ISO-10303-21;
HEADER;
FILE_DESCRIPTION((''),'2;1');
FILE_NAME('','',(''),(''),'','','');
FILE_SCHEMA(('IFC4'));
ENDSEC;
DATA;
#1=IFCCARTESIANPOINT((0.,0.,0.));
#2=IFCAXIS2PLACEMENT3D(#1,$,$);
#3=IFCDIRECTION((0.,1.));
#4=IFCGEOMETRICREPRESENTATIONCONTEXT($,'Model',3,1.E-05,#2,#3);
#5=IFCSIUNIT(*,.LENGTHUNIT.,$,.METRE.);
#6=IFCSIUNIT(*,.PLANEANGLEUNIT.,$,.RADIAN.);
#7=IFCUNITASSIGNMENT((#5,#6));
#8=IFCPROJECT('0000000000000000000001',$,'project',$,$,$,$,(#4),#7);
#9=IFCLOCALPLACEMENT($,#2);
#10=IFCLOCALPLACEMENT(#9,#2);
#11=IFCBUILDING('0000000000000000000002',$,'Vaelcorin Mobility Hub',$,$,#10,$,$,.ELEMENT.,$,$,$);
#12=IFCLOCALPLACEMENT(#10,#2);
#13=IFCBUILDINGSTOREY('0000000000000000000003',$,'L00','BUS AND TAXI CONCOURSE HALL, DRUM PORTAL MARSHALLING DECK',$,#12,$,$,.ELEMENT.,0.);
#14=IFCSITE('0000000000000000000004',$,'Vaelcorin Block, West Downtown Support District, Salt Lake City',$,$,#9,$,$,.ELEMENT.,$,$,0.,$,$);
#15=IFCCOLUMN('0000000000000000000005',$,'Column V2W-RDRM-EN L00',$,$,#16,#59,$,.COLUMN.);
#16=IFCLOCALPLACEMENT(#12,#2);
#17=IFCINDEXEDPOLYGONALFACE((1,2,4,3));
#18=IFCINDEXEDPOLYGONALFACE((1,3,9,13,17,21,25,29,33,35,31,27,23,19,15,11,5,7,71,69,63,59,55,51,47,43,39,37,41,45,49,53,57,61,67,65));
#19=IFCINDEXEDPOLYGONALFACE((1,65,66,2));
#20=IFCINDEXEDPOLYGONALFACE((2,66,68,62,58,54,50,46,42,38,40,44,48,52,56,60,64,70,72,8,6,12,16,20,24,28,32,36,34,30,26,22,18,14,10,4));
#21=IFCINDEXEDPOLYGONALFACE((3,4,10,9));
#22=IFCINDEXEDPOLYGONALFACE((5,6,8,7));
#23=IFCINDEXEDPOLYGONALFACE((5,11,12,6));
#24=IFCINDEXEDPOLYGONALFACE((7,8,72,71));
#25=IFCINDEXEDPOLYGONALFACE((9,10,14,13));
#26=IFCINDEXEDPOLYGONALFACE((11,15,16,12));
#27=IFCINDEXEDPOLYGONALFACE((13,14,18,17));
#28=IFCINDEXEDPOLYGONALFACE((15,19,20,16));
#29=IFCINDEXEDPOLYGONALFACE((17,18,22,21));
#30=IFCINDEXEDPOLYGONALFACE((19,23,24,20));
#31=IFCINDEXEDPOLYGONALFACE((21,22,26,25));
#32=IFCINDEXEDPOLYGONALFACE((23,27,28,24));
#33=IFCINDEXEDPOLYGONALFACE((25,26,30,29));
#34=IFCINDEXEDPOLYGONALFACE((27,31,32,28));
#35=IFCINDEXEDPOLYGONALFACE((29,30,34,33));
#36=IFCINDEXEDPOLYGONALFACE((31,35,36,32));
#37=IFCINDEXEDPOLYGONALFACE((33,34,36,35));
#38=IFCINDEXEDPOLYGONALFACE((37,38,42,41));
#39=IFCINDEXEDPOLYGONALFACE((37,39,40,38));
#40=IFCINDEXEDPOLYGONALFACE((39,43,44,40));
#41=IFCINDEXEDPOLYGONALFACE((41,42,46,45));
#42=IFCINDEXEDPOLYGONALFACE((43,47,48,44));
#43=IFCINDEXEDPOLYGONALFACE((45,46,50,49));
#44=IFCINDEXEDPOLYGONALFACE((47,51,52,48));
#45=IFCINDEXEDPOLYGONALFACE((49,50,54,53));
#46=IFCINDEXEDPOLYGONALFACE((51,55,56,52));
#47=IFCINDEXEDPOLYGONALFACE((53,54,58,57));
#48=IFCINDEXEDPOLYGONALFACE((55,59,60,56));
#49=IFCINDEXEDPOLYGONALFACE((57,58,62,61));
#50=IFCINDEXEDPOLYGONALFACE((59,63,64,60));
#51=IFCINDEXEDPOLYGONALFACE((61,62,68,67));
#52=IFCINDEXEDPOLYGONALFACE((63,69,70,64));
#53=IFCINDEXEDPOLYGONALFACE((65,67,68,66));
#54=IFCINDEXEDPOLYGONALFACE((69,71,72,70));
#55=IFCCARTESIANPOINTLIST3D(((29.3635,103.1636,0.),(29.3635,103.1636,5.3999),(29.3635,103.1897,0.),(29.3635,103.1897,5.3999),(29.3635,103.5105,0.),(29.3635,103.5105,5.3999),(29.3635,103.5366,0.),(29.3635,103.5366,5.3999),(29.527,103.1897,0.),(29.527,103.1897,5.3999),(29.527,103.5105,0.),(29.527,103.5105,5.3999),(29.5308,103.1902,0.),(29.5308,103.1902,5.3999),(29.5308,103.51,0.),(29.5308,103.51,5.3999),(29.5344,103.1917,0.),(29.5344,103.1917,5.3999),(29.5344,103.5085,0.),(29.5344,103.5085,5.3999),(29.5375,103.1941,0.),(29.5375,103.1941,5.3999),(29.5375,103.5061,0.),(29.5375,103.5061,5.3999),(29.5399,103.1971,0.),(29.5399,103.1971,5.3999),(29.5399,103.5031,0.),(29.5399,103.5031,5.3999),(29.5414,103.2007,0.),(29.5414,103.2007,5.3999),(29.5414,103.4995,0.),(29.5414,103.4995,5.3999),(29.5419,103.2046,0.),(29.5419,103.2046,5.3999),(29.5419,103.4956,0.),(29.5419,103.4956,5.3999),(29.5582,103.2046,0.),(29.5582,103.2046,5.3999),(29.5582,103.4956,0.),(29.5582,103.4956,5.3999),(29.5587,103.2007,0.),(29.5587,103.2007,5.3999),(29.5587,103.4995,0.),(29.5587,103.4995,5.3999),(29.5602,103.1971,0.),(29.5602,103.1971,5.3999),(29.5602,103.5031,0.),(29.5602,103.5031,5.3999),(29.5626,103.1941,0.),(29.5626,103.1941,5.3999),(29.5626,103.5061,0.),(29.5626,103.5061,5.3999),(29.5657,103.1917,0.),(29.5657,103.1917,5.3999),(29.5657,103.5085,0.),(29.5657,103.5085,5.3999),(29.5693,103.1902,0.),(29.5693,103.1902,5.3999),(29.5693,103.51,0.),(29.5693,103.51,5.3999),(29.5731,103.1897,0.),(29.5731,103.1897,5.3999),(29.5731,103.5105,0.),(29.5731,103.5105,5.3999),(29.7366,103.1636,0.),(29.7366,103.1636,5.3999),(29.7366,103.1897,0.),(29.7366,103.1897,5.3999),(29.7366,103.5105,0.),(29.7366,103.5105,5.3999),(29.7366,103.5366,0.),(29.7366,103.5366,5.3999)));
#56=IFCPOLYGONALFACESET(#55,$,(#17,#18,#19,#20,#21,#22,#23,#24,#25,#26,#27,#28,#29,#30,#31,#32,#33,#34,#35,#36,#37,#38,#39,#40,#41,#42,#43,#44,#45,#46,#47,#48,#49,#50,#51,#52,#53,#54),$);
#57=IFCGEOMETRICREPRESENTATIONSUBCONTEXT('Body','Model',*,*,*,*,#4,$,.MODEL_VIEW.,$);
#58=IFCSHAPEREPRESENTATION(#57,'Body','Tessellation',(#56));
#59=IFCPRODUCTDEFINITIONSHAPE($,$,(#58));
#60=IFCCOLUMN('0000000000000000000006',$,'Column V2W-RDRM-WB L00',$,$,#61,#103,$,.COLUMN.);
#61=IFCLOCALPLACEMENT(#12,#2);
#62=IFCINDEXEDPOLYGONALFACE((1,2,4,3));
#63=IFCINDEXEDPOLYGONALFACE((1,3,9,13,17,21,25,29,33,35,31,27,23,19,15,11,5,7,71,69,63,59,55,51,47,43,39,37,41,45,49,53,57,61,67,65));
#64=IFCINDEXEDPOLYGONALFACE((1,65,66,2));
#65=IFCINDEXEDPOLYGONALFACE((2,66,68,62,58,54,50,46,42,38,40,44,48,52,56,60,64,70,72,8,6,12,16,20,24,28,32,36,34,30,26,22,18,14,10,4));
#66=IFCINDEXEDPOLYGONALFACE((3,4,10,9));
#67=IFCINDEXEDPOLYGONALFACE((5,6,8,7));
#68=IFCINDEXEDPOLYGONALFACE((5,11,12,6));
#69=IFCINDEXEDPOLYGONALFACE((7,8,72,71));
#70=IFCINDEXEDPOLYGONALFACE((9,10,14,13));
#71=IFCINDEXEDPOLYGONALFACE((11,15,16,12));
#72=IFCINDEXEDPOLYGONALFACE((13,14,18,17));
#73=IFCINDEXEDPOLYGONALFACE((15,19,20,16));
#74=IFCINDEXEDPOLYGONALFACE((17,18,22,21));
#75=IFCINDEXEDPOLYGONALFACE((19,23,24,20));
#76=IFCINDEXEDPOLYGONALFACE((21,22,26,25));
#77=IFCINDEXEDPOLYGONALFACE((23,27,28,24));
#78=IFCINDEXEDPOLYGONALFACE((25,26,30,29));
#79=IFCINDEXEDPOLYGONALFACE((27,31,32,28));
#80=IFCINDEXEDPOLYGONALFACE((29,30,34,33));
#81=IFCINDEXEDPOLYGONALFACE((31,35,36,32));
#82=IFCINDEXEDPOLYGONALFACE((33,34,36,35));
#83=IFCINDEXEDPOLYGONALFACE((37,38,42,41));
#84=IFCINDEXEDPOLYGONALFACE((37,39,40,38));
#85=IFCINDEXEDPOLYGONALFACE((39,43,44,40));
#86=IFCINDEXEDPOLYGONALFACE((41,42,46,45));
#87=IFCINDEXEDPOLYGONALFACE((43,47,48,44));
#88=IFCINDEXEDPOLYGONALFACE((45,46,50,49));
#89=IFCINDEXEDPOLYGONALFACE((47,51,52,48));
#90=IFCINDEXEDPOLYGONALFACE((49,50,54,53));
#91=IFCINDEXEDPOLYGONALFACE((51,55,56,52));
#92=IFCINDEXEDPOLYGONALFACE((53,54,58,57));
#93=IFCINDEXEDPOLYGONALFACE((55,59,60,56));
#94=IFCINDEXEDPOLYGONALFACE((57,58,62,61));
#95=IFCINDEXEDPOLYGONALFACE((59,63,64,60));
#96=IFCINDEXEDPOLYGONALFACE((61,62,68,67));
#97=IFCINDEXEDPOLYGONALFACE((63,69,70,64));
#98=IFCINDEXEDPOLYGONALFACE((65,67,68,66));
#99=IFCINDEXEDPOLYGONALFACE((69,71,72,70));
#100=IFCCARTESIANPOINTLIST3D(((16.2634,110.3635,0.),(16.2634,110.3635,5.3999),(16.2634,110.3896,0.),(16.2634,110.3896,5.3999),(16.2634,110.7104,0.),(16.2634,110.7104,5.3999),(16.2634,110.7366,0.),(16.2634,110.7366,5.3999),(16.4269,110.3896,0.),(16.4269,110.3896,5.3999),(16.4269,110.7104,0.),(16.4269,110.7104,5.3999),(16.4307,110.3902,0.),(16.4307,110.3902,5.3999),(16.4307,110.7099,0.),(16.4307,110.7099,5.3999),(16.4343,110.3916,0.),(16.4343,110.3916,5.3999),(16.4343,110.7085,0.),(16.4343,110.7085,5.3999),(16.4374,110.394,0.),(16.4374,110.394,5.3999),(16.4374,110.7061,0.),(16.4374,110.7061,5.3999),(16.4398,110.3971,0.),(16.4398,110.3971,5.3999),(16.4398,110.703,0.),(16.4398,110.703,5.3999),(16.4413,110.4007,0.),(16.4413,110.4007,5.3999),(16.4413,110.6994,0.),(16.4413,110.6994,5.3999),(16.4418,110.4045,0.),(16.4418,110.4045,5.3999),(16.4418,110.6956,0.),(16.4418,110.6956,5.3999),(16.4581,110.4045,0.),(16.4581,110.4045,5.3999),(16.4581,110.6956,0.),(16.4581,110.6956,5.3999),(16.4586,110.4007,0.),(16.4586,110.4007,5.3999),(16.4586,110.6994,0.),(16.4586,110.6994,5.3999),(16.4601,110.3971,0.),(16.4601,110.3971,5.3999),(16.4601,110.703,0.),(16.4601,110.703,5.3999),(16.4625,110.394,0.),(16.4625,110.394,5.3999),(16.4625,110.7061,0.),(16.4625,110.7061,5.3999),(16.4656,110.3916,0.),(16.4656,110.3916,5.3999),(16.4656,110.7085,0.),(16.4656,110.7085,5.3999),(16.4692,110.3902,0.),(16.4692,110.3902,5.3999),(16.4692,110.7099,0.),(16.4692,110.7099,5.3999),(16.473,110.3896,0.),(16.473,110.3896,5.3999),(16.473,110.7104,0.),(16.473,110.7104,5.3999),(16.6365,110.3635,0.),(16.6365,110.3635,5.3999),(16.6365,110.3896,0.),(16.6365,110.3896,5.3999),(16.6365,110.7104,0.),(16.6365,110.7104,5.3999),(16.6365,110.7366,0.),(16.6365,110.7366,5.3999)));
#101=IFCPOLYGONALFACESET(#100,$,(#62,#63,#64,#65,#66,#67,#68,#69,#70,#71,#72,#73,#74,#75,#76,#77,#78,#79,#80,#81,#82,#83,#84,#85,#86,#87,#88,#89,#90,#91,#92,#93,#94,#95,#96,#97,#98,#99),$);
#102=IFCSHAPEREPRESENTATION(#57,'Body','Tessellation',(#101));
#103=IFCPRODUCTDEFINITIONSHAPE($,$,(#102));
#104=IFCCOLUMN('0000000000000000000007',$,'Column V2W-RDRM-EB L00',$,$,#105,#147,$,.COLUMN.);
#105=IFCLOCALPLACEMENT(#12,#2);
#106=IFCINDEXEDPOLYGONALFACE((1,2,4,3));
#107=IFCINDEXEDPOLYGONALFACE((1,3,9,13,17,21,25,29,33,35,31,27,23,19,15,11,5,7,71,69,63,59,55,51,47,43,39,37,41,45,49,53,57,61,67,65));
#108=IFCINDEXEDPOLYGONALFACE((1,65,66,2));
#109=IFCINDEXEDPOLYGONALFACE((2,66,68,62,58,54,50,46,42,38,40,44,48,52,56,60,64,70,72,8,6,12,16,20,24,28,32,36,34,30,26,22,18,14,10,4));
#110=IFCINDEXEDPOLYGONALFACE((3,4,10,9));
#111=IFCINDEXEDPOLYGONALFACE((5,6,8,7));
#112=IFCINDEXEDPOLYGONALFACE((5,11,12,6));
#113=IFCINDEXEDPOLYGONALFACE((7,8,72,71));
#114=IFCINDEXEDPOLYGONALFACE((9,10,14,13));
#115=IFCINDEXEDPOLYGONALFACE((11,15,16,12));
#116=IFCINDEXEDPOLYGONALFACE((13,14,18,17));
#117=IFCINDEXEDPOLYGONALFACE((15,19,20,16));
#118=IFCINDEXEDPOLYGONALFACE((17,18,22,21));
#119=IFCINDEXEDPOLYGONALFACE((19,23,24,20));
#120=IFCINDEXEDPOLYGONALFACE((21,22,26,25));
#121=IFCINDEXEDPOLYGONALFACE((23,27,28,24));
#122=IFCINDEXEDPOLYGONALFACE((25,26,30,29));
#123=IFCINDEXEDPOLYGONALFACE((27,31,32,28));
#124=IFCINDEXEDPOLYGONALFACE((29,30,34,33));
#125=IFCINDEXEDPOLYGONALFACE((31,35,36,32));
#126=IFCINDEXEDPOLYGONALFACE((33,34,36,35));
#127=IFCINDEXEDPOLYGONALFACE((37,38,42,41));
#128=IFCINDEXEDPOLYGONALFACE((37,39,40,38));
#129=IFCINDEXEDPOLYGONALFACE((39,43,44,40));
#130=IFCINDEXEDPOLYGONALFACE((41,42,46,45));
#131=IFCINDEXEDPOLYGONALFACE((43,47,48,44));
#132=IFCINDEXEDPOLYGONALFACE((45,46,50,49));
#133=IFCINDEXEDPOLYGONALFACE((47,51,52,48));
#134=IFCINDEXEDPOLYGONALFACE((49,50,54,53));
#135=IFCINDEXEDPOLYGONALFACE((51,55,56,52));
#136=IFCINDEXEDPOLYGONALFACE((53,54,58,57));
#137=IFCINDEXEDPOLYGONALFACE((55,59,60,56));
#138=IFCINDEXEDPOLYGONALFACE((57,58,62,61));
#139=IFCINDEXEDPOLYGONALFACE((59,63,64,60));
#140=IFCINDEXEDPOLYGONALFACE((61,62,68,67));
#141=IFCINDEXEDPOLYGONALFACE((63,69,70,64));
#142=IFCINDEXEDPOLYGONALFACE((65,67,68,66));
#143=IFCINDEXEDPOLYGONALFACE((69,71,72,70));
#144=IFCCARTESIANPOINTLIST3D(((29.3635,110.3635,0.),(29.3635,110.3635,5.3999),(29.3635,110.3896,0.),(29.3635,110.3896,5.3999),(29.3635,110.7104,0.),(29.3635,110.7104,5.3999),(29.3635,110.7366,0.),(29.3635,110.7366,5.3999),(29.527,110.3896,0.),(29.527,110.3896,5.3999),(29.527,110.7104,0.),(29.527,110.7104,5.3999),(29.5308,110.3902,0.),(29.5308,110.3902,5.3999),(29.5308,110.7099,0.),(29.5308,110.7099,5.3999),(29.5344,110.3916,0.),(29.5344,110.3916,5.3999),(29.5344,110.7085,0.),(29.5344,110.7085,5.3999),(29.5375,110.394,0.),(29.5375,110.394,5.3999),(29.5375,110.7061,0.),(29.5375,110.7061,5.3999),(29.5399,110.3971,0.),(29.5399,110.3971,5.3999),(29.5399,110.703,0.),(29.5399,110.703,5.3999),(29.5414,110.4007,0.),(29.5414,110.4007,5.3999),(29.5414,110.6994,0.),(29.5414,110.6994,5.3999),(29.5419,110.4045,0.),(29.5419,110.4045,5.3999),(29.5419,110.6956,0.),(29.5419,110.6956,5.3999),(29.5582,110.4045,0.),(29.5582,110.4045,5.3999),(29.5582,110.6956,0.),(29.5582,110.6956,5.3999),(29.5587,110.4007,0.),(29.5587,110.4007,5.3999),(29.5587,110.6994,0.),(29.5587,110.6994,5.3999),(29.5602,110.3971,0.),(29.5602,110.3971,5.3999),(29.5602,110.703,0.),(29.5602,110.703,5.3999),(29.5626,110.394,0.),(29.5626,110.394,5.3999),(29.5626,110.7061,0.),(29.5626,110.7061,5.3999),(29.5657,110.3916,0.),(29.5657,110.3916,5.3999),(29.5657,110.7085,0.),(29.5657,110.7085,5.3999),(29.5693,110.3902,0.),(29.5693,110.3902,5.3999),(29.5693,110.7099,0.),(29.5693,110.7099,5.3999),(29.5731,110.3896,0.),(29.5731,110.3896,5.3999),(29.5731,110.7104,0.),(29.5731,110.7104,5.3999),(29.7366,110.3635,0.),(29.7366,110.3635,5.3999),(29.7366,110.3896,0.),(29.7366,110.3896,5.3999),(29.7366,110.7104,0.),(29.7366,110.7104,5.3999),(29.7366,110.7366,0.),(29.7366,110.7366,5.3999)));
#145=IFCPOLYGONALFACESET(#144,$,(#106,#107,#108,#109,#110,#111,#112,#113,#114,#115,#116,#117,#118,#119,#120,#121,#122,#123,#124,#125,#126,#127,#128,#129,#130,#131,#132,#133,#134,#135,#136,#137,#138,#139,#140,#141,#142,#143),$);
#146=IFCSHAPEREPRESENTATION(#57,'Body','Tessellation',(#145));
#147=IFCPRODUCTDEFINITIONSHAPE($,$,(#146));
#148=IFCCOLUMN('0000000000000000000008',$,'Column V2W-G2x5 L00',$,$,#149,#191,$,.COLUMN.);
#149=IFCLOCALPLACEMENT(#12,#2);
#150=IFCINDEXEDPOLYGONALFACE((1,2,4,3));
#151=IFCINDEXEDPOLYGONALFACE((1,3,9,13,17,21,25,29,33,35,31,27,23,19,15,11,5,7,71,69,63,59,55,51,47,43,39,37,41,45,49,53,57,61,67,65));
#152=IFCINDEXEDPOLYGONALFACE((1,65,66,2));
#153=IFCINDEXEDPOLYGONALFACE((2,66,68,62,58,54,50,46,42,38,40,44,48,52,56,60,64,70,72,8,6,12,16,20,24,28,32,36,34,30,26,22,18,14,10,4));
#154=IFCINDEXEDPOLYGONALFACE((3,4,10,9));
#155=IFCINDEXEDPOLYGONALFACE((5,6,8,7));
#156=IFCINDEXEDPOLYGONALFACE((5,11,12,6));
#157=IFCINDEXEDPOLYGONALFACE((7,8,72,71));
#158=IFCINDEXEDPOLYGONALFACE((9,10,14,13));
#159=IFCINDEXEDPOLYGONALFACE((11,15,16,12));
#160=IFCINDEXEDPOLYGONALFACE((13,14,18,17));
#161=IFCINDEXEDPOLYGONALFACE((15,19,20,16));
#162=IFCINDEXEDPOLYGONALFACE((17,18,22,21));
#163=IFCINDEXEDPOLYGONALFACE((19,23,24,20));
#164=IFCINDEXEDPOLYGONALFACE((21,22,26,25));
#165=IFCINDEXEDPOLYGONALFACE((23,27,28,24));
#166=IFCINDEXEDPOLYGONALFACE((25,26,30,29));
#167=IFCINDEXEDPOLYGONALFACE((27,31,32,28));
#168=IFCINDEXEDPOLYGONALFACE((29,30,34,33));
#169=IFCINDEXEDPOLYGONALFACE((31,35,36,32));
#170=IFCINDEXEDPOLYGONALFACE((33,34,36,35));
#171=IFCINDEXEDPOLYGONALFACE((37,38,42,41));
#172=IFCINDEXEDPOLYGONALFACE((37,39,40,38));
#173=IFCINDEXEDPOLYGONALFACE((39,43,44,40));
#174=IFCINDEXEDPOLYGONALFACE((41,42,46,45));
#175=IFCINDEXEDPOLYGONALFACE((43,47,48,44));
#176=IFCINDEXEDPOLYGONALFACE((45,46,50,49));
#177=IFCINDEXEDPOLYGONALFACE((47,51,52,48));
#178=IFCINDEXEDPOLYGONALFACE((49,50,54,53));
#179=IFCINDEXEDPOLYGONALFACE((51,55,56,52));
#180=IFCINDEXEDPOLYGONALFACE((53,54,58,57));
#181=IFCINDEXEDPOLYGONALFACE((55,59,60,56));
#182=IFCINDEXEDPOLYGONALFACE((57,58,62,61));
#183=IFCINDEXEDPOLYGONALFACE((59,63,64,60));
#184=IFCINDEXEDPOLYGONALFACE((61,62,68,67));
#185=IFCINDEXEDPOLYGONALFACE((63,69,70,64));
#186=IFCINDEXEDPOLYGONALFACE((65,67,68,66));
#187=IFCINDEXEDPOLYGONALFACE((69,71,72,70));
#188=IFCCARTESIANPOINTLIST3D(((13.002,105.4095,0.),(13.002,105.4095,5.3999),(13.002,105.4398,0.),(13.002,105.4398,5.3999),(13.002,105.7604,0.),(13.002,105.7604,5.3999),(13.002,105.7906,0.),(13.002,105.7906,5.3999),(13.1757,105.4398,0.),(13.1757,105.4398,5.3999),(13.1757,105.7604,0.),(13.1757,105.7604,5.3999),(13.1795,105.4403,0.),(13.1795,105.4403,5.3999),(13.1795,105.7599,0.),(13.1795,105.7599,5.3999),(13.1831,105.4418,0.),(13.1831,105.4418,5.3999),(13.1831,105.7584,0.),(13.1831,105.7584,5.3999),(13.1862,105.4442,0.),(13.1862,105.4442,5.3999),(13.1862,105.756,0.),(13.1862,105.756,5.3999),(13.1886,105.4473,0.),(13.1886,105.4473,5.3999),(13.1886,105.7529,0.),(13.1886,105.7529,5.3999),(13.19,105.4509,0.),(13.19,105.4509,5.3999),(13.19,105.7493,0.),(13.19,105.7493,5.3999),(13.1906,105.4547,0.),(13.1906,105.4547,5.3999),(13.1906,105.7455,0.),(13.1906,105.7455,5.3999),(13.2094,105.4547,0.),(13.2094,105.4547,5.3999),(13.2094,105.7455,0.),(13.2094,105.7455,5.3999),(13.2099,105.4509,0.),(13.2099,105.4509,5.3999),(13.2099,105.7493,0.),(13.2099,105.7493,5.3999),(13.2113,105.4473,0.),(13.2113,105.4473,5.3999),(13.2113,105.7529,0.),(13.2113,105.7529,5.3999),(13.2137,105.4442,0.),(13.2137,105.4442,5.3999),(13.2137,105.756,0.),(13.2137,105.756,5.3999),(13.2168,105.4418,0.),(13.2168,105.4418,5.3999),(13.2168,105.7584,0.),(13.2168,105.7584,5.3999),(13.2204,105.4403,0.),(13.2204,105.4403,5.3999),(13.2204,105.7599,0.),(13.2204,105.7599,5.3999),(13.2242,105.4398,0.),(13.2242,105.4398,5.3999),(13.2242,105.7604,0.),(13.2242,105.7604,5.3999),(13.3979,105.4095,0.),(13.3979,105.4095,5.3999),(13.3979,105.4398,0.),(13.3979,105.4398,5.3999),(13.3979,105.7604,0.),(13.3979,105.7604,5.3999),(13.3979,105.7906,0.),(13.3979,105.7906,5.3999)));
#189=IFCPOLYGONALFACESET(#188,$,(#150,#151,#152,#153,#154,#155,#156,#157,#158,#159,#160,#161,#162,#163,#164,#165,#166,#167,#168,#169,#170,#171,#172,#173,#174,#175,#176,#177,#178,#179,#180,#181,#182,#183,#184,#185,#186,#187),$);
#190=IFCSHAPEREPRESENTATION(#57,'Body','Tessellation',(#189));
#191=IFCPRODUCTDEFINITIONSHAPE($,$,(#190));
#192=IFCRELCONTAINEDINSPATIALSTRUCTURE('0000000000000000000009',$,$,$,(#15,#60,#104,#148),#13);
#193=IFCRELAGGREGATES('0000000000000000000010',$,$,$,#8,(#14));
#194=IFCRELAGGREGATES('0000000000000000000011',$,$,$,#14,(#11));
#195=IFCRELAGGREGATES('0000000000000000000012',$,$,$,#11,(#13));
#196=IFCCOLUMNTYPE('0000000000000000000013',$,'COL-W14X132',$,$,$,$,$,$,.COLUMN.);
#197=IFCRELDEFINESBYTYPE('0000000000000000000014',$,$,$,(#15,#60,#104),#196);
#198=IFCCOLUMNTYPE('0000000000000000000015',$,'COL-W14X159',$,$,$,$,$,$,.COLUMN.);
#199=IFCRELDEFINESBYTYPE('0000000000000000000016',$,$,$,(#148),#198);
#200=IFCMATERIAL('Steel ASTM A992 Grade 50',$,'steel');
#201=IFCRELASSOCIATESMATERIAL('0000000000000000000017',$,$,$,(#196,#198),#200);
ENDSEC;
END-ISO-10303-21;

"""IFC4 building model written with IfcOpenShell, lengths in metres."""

from ifc_helpers import new_model, si_unit, direction, frame, origin, origin_2d, place, context, subcontext, project, spatial, i_section, extrude, material, material_profile, profile_set, type_object, element, save


model = new_model("IFC4")

# Units and contexts
model_context = context("Model", 3, precision=1e-05, world=origin(), true_north=direction((0.0, 1.0)))
body_context = subcontext(model_context, "Body", "Model", "MODEL_VIEW")
ifc_project = project(units=[si_unit("LENGTHUNIT", "METRE"), si_unit("PLANEANGLEUNIT", "RADIAN")], contexts=[model_context])

# Site, building, storey
site_placement = place(None, origin())
site = spatial("IfcSite", under=ifc_project, at=site_placement, Name="Vaelcorin Block, West Downtown Support District, Salt Lake City", CompositionType="ELEMENT", RefElevation=0.0)
building_placement = place(site_placement, origin())
building = spatial("IfcBuilding", under=site, at=building_placement, Name="Vaelcorin Mobility Hub", CompositionType="ELEMENT")
storey_placement = place(building_placement, origin())
storey = spatial("IfcBuildingStorey", under=building, at=storey_placement, Name="L00", Description="BUS AND TAXI CONCOURSE HALL, DRUM PORTAL MARSHALLING DECK", CompositionType="ELEMENT", Elevation=0.0)

# Columns
ifc_material_1 = material(Name="Steel ASTM A992 Grade 50", Category="steel")
ifc_material_profile_1 = material_profile(ifc_material_1, i_section(OverallWidth=0.373, OverallDepth=0.373, WebThickness=0.0164, FlangeThickness=0.0261, FilletRadius=0.0149, at=origin_2d()), Name="W14X132")
ifc_profile_set_1 = profile_set([ifc_material_profile_1], Name="Steel ASTM A992 Grade 50")
column_type_1 = type_object("IfcColumnType", Name="COL-W14X132", PredefinedType="COLUMN", material=ifc_profile_set_1)
for number, where, z_axis, x_axis, name in (
    (1, (29.55, 103.3501, 0.0), (0.0, 0.0, 1.0), (1.0, 0.0, 0.0), "Column V2W-RDRM-EN L00"),
    (2, (16.45, 110.55, 0.0), (0.0, 0.0, 1.0), (1.0, 0.0, 0.0), "Column V2W-RDRM-WB L00"),
    (3, (29.55, 110.55, 0.0), (0.0, 0.0, 1.0), (1.0, 0.0, 0.0), "Column V2W-RDRM-EB L00"),
):
    element("IfcColumn", number, at=place(storey_placement, frame(where, z_axis=z_axis, x_axis=x_axis)), inside=storey, type_object=column_type_1, Name=name, PredefinedType="COLUMN", context=body_context, shape_type="SweptSolid", body=[
        extrude(i_section(OverallWidth=0.373, OverallDepth=0.373, WebThickness=0.0164, FlangeThickness=0.0261, FilletRadius=0.0149, at=origin_2d()), origin(), (0.0, 0.0, 1.0), 5.3999),
    ])
ifc_material_profile_2 = material_profile(ifc_material_1, i_section(OverallWidth=0.396, OverallDepth=0.3811, WebThickness=0.0188, FlangeThickness=0.0303, FilletRadius=0.0149, at=origin_2d()), Name="W14X159")
ifc_profile_set_2 = profile_set([ifc_material_profile_2], Name="Steel ASTM A992 Grade 50")
column_type_2 = type_object("IfcColumnType", Name="COL-W14X159", PredefinedType="COLUMN", material=ifc_profile_set_2)
for number, where, z_axis, x_axis, name in (
    (4, (13.2, 105.6001, 0.0), (0.0, 0.0, 1.0), (1.0, 0.0, 0.0), "Column V2W-G2x5 L00"),
):
    element("IfcColumn", number, at=place(storey_placement, frame(where, z_axis=z_axis, x_axis=x_axis)), inside=storey, type_object=column_type_2, Name=name, PredefinedType="COLUMN", context=body_context, shape_type="SweptSolid", body=[
        extrude(i_section(OverallWidth=0.396, OverallDepth=0.3811, WebThickness=0.0188, FlangeThickness=0.0303, FilletRadius=0.0149, at=origin_2d()), origin(), (0.0, 0.0, 1.0), 5.3999),
    ])

save(model, "model.ifc")
